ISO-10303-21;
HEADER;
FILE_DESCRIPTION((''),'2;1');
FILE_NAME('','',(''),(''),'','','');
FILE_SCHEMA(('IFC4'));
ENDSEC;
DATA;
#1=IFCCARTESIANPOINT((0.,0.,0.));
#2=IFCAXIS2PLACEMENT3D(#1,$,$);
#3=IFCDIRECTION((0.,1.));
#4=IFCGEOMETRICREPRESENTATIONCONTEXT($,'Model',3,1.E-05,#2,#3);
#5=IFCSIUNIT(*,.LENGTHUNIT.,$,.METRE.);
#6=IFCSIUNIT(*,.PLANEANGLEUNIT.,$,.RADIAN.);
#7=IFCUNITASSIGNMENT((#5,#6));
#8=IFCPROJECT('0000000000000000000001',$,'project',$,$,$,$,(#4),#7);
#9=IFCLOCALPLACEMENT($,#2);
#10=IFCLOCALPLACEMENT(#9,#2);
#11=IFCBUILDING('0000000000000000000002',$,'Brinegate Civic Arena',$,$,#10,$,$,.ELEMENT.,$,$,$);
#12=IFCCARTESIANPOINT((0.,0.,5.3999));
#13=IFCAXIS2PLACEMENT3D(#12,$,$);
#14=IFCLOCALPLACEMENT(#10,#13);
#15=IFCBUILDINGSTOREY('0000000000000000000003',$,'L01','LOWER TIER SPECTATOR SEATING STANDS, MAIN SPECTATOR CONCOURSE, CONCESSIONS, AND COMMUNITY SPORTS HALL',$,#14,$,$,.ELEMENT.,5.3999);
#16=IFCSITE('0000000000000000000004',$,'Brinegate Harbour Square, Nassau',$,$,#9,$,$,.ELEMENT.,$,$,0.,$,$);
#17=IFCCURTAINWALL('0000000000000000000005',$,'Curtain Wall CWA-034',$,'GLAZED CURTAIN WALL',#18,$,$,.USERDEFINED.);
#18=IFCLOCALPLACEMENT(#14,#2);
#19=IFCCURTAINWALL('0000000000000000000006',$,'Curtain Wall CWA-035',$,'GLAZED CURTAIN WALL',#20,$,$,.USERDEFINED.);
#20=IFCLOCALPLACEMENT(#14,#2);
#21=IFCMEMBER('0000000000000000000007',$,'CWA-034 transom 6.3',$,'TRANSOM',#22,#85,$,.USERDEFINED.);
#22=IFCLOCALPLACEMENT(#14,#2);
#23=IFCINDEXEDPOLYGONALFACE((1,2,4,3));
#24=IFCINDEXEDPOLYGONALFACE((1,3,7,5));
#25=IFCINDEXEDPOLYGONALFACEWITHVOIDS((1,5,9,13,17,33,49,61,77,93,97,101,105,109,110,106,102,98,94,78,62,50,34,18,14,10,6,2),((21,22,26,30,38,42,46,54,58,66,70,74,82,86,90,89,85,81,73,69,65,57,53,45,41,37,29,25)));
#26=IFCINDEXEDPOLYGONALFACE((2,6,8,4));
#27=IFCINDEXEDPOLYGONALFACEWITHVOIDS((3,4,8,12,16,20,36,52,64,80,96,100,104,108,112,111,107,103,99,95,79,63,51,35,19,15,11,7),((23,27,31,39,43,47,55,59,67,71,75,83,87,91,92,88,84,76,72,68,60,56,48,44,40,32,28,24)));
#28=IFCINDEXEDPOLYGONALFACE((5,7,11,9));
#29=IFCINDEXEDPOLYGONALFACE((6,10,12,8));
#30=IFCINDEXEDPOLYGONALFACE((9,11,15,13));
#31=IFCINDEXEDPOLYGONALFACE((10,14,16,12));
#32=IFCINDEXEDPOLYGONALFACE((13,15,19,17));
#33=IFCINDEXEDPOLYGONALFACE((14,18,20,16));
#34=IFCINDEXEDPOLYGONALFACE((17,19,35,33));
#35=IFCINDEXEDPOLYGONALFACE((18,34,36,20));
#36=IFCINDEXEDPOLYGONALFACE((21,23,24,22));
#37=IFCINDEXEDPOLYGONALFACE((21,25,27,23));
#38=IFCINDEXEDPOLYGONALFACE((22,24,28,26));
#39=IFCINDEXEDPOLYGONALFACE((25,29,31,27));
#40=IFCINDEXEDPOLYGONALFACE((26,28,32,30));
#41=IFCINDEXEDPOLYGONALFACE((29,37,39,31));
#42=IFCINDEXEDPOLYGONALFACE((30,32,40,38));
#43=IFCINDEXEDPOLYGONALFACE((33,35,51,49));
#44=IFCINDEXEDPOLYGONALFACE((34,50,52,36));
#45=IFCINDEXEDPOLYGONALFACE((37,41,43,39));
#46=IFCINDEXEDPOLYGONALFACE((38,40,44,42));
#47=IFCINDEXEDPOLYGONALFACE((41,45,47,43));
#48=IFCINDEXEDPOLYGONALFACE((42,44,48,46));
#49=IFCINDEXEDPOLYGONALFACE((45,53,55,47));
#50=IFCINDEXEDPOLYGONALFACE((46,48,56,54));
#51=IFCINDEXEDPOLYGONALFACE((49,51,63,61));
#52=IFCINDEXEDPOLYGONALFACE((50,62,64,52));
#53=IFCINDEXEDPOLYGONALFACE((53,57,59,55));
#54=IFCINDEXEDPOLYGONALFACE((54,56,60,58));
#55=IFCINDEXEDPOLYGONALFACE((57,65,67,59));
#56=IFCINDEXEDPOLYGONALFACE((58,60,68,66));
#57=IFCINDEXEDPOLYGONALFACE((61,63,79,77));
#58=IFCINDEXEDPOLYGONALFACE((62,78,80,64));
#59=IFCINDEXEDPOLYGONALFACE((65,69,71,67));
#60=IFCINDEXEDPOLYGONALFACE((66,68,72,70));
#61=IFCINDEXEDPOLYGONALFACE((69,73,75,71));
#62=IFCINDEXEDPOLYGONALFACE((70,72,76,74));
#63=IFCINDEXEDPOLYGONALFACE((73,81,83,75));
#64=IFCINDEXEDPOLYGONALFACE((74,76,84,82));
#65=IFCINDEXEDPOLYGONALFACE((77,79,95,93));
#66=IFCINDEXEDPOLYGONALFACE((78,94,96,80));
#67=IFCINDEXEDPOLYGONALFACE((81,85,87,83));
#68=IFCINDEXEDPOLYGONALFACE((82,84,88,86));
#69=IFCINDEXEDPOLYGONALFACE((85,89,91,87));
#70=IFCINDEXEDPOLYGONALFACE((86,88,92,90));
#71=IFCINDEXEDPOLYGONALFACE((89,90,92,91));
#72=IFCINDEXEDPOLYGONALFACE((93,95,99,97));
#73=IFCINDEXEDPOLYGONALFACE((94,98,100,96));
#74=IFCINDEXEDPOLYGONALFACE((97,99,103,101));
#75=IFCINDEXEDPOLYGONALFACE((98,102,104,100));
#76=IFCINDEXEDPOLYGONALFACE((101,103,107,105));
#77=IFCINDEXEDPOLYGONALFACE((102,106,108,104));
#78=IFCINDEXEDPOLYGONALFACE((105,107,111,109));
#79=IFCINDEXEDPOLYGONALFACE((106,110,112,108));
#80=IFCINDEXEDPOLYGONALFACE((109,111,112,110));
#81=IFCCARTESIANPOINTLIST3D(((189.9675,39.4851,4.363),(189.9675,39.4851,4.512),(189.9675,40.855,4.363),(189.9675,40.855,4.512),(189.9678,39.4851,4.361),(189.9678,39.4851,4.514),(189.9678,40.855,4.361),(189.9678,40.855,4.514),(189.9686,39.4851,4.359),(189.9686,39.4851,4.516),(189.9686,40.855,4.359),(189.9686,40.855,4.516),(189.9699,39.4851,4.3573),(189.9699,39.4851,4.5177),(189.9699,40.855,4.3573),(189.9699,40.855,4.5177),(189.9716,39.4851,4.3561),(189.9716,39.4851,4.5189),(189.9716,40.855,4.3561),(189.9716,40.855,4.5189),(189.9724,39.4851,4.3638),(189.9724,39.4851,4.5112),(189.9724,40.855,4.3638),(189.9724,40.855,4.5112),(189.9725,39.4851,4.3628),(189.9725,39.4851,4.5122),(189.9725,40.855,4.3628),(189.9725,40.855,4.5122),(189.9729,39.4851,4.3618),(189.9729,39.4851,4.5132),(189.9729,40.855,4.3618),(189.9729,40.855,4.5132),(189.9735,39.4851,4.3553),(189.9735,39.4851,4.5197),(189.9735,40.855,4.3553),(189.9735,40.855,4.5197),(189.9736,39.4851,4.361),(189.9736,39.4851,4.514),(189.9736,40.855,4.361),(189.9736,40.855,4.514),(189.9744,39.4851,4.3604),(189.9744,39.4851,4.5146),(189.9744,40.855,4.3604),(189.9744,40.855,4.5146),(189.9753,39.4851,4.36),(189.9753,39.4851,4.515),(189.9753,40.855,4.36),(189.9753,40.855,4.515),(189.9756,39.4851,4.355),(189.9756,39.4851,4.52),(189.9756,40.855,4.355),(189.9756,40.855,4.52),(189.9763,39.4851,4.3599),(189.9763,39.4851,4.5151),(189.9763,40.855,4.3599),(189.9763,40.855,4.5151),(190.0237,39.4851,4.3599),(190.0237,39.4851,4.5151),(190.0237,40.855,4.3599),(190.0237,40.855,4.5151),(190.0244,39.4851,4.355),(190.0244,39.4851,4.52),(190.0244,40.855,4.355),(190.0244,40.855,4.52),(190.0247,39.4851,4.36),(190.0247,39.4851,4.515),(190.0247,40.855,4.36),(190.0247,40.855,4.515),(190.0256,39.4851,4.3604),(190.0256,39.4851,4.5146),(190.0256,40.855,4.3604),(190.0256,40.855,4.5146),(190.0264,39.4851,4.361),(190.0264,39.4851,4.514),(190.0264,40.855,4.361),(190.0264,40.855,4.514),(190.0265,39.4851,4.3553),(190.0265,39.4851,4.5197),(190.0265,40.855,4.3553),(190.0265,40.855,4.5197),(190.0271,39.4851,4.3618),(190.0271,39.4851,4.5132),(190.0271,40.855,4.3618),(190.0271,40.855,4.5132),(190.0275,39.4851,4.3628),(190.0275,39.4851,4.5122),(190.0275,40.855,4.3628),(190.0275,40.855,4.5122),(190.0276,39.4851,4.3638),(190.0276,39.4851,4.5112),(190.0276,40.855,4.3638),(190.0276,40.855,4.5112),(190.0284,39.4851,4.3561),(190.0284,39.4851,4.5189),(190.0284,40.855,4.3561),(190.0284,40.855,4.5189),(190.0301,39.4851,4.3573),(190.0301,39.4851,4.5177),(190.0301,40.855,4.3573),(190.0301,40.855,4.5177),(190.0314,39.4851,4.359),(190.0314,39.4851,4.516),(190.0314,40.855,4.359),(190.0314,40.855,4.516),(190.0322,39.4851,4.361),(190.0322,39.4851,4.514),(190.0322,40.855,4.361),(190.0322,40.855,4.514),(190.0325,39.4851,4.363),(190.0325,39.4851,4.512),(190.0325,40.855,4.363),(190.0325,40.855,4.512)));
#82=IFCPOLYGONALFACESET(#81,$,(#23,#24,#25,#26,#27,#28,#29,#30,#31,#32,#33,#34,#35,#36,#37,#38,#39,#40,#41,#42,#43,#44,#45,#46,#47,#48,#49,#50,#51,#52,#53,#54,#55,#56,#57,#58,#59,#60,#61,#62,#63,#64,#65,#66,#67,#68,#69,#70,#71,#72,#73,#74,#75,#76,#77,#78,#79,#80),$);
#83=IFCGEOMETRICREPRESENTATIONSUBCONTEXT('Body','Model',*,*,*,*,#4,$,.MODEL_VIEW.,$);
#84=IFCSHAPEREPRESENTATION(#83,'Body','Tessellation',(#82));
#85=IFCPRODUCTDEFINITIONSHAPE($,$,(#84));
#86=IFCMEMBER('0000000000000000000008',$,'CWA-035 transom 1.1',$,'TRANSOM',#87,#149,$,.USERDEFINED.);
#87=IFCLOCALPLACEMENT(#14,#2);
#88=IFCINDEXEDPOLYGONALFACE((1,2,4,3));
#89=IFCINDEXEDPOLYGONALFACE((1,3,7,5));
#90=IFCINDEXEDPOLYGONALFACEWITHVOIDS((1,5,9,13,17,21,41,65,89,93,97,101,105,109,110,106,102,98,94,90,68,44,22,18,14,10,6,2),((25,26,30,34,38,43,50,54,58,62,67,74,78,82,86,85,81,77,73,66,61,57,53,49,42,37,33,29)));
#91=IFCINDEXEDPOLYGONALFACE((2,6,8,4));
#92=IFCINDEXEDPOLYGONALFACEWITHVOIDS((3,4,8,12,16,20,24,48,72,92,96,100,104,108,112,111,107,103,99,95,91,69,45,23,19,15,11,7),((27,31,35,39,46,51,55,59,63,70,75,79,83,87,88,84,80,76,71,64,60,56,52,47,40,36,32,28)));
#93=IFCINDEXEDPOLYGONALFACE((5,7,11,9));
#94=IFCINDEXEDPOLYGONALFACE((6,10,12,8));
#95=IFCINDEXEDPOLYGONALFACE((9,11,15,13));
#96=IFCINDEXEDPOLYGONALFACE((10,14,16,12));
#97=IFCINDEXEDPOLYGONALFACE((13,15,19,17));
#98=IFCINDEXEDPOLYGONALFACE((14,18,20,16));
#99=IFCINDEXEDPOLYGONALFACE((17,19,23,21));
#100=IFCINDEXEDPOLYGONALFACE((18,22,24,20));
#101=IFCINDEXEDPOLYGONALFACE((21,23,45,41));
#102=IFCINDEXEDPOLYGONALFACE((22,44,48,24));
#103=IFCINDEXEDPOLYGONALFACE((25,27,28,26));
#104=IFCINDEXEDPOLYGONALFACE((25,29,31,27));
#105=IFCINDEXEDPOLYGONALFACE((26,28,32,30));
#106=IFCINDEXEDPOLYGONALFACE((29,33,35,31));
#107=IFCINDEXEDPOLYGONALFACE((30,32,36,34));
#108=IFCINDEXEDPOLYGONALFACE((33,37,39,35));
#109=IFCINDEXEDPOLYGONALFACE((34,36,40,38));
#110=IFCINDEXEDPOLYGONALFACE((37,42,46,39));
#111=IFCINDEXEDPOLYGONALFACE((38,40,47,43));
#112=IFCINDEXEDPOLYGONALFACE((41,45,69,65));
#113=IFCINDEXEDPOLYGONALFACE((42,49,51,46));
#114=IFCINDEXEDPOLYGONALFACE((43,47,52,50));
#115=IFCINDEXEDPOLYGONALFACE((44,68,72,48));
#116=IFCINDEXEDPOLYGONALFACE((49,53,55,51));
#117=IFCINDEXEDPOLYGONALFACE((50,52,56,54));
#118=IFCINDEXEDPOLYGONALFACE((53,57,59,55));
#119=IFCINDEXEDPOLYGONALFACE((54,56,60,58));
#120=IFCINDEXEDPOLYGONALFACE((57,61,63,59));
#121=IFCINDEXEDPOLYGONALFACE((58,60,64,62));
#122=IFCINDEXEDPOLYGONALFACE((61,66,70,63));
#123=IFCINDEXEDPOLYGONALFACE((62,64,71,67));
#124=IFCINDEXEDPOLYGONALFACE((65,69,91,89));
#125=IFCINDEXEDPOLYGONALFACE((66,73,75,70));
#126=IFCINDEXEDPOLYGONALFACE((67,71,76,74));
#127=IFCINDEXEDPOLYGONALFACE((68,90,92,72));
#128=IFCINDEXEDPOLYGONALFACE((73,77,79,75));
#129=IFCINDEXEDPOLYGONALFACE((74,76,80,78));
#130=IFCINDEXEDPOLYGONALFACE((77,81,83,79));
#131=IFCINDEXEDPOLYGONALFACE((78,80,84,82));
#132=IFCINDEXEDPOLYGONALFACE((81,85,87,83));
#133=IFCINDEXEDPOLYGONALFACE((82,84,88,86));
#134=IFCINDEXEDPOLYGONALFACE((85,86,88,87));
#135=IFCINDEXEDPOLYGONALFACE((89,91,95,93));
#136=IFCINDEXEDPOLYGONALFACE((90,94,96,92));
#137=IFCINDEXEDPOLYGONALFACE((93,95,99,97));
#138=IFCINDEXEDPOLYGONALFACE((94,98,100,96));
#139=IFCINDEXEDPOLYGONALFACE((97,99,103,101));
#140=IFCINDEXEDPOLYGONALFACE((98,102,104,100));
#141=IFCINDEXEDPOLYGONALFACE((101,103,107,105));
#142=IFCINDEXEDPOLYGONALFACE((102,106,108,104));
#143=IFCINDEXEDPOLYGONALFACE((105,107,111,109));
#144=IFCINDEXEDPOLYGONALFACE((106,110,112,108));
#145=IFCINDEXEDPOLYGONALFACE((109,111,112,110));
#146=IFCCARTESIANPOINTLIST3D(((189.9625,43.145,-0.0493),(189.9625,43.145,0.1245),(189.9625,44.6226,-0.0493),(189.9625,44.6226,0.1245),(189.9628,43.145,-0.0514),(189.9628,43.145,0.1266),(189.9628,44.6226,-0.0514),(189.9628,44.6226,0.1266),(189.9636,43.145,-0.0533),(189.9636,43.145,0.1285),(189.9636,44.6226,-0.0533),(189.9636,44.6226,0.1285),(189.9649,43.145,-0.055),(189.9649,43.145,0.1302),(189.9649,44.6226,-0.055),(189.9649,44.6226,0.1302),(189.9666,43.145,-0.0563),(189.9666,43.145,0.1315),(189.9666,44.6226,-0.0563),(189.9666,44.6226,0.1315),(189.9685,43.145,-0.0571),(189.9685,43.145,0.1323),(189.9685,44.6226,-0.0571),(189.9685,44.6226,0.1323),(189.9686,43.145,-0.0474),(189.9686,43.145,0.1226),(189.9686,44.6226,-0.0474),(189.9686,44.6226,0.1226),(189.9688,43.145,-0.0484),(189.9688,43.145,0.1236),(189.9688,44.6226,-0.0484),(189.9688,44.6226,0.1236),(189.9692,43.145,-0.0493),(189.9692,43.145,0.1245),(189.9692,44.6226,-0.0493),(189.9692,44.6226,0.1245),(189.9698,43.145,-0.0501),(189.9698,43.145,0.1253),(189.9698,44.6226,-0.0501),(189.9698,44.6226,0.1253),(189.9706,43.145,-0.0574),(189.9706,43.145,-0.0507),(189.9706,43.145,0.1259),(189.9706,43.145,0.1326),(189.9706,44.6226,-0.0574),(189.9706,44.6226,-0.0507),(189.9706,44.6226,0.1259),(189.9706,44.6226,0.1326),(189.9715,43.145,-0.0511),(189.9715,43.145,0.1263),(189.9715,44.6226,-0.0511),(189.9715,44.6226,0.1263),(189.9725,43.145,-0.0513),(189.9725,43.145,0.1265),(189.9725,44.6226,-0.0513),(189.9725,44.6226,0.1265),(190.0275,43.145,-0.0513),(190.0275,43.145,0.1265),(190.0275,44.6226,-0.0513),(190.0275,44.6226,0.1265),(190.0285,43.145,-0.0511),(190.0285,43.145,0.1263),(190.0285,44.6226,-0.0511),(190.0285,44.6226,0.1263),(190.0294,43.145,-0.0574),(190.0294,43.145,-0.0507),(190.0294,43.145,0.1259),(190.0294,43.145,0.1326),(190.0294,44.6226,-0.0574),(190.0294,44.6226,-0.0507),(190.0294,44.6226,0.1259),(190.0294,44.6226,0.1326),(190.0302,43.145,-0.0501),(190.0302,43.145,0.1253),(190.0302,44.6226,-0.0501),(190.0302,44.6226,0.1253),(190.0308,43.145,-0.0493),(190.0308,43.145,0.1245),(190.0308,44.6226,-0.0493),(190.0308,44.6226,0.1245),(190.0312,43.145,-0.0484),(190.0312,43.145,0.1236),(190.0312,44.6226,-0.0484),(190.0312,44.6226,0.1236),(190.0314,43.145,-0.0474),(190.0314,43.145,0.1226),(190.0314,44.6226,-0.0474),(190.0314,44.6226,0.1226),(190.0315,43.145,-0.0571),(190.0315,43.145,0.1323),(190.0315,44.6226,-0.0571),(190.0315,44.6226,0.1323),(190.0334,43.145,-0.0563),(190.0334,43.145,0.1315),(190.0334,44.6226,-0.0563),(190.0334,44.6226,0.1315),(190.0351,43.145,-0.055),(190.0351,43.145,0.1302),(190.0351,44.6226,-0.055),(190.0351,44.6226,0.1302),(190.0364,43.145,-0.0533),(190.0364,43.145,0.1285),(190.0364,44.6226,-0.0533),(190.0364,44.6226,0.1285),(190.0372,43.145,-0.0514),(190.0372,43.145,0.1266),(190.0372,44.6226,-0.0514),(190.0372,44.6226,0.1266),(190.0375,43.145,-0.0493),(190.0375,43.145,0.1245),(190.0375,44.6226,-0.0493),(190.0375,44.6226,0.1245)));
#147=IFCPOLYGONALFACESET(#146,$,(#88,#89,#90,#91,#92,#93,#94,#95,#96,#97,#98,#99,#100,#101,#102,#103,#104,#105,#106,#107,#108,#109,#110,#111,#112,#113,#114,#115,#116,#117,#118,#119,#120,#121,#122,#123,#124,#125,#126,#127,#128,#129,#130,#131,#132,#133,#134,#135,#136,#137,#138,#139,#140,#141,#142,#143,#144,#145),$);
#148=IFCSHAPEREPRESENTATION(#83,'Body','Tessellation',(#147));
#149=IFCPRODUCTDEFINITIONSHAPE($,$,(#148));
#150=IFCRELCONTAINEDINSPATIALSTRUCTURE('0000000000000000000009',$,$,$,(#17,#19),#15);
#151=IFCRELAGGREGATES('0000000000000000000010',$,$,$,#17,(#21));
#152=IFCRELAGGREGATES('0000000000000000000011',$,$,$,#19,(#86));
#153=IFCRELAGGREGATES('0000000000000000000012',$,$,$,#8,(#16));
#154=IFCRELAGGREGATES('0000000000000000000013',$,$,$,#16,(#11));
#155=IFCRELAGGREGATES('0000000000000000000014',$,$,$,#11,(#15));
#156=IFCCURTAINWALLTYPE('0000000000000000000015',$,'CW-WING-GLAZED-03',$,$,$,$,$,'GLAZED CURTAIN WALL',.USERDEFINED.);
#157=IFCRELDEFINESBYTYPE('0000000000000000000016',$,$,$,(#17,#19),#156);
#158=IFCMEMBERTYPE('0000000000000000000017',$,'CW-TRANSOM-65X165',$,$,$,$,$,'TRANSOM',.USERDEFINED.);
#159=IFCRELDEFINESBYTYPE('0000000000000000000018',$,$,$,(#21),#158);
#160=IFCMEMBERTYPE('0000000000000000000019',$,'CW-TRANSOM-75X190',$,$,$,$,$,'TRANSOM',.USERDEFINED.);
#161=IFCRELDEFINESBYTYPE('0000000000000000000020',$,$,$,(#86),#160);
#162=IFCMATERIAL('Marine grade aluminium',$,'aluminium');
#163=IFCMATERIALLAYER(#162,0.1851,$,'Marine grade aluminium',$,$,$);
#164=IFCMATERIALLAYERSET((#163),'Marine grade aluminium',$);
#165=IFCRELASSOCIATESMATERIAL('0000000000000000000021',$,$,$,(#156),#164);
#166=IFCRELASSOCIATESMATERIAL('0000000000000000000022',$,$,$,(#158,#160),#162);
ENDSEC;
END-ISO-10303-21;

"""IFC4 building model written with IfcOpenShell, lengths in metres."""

from ifc_helpers import new_model, si_unit, direction, frame, origin, origin_2d, place, context, subcontext, project, spatial, hollow_rectangle, extrude, material, layer, layer_set, material_profile, profile_set, type_object, element, aggregate, save


model = new_model("IFC4")

# Units and contexts
model_context = context("Model", 3, precision=1e-05, world=origin(), true_north=direction((0.0, 1.0)))
body_context = subcontext(model_context, "Body", "Model", "MODEL_VIEW")
ifc_project = project(units=[si_unit("LENGTHUNIT", "METRE"), si_unit("PLANEANGLEUNIT", "RADIAN")], contexts=[model_context])

# Site, building, storey
site_placement = place(None, origin())
site = spatial("IfcSite", under=ifc_project, at=site_placement, Name="Brinegate Harbour Square, Nassau", CompositionType="ELEMENT", RefElevation=0.0)
building_placement = place(site_placement, origin())
building = spatial("IfcBuilding", under=site, at=building_placement, Name="Brinegate Civic Arena", CompositionType="ELEMENT")
storey_placement = place(building_placement, frame((0.0, 0.0, 5.3999)))
storey = spatial("IfcBuildingStorey", under=building, at=storey_placement, Name="L01", Description="LOWER TIER SPECTATOR SEATING STANDS, MAIN SPECTATOR CONCOURSE, CONCESSIONS, AND COMMUNITY SPORTS HALL", CompositionType="ELEMENT", Elevation=5.3999)

# Curtain walls
ifc_material_1 = material(Name="Marine grade aluminium", Category="aluminium")
ifc_layer_1 = layer(ifc_material_1, 0.1851, Name="Marine grade aluminium")
ifc_layer_set_1 = layer_set([ifc_layer_1], Name="Marine grade aluminium")
curtain_wall_type = type_object("IfcCurtainWallType", Name="CW-WING-GLAZED-03", ElementType="GLAZED CURTAIN WALL", PredefinedType="USERDEFINED", material=ifc_layer_set_1)
curtain_wall_1_placement = place(storey_placement, origin())
curtain_wall_1 = element("IfcCurtainWall", 1, at=curtain_wall_1_placement, inside=storey, type_object=curtain_wall_type, Name="Curtain Wall CWA-034", ObjectType="GLAZED CURTAIN WALL", PredefinedType="USERDEFINED")
curtain_wall_2_placement = place(storey_placement, origin())
curtain_wall_2 = element("IfcCurtainWall", 2, at=curtain_wall_2_placement, inside=storey, type_object=curtain_wall_type, Name="Curtain Wall CWA-035", ObjectType="GLAZED CURTAIN WALL", PredefinedType="USERDEFINED")

# Members
ifc_material_profile_1 = material_profile(ifc_material_1, hollow_rectangle(XDim=0.0649, YDim=0.165, WallThickness=0.0049, InnerFilletRadius=0.0039, OuterFilletRadius=0.0081, at=origin_2d()), Name="TRN65X165")
ifc_profile_set_1 = profile_set([ifc_material_profile_1], Name="Marine grade aluminium")
member_type_1 = type_object("IfcMemberType", Name="CW-TRANSOM-65X165", ElementType="TRANSOM", PredefinedType="USERDEFINED", material=ifc_profile_set_1)
member_1_placement = place(storey_placement, frame((190.0, 39.4851, 4.4375), z_axis=(0.0, 1.0, 0.0), x_axis=(-1.0, 0.0, 0.0)))
member_1 = element("IfcMember", 3, at=member_1_placement, type_object=member_type_1, Name="CWA-034 transom 6.3", ObjectType="TRANSOM", PredefinedType="USERDEFINED", context=body_context, shape_type="SweptSolid", body=[
    extrude(hollow_rectangle(XDim=0.0649, YDim=0.165, WallThickness=0.0049, InnerFilletRadius=0.0039, OuterFilletRadius=0.0081, at=origin_2d()), origin(), (0.0, 0.0, 1.0), 1.3699),
])
ifc_material_profile_2 = material_profile(ifc_material_1, hollow_rectangle(XDim=0.075, YDim=0.1899, WallThickness=0.0061, InnerFilletRadius=0.0039, OuterFilletRadius=0.0081, at=origin_2d()), Name="TRN75X190")
ifc_profile_set_2 = profile_set([ifc_material_profile_2], Name="Marine grade aluminium")
member_type_2 = type_object("IfcMemberType", Name="CW-TRANSOM-75X190", ElementType="TRANSOM", PredefinedType="USERDEFINED", material=ifc_profile_set_2)
member_2_placement = place(storey_placement, frame((190.0, 43.145, 0.0376), z_axis=(0.0, 1.0, 0.0), x_axis=(-1.0, 0.0, 0.0)))
member_2 = element("IfcMember", 4, at=member_2_placement, type_object=member_type_2, Name="CWA-035 transom 1.1", ObjectType="TRANSOM", PredefinedType="USERDEFINED", context=body_context, shape_type="SweptSolid", body=[
    extrude(hollow_rectangle(XDim=0.075, YDim=0.1899, WallThickness=0.0061, InnerFilletRadius=0.0039, OuterFilletRadius=0.0081, at=origin_2d()), origin(), (0.0, 0.0, 1.0), 1.4775),
])

aggregate(curtain_wall_1, [member_1])
aggregate(curtain_wall_2, [member_2])

save(model, "model.ifc")
